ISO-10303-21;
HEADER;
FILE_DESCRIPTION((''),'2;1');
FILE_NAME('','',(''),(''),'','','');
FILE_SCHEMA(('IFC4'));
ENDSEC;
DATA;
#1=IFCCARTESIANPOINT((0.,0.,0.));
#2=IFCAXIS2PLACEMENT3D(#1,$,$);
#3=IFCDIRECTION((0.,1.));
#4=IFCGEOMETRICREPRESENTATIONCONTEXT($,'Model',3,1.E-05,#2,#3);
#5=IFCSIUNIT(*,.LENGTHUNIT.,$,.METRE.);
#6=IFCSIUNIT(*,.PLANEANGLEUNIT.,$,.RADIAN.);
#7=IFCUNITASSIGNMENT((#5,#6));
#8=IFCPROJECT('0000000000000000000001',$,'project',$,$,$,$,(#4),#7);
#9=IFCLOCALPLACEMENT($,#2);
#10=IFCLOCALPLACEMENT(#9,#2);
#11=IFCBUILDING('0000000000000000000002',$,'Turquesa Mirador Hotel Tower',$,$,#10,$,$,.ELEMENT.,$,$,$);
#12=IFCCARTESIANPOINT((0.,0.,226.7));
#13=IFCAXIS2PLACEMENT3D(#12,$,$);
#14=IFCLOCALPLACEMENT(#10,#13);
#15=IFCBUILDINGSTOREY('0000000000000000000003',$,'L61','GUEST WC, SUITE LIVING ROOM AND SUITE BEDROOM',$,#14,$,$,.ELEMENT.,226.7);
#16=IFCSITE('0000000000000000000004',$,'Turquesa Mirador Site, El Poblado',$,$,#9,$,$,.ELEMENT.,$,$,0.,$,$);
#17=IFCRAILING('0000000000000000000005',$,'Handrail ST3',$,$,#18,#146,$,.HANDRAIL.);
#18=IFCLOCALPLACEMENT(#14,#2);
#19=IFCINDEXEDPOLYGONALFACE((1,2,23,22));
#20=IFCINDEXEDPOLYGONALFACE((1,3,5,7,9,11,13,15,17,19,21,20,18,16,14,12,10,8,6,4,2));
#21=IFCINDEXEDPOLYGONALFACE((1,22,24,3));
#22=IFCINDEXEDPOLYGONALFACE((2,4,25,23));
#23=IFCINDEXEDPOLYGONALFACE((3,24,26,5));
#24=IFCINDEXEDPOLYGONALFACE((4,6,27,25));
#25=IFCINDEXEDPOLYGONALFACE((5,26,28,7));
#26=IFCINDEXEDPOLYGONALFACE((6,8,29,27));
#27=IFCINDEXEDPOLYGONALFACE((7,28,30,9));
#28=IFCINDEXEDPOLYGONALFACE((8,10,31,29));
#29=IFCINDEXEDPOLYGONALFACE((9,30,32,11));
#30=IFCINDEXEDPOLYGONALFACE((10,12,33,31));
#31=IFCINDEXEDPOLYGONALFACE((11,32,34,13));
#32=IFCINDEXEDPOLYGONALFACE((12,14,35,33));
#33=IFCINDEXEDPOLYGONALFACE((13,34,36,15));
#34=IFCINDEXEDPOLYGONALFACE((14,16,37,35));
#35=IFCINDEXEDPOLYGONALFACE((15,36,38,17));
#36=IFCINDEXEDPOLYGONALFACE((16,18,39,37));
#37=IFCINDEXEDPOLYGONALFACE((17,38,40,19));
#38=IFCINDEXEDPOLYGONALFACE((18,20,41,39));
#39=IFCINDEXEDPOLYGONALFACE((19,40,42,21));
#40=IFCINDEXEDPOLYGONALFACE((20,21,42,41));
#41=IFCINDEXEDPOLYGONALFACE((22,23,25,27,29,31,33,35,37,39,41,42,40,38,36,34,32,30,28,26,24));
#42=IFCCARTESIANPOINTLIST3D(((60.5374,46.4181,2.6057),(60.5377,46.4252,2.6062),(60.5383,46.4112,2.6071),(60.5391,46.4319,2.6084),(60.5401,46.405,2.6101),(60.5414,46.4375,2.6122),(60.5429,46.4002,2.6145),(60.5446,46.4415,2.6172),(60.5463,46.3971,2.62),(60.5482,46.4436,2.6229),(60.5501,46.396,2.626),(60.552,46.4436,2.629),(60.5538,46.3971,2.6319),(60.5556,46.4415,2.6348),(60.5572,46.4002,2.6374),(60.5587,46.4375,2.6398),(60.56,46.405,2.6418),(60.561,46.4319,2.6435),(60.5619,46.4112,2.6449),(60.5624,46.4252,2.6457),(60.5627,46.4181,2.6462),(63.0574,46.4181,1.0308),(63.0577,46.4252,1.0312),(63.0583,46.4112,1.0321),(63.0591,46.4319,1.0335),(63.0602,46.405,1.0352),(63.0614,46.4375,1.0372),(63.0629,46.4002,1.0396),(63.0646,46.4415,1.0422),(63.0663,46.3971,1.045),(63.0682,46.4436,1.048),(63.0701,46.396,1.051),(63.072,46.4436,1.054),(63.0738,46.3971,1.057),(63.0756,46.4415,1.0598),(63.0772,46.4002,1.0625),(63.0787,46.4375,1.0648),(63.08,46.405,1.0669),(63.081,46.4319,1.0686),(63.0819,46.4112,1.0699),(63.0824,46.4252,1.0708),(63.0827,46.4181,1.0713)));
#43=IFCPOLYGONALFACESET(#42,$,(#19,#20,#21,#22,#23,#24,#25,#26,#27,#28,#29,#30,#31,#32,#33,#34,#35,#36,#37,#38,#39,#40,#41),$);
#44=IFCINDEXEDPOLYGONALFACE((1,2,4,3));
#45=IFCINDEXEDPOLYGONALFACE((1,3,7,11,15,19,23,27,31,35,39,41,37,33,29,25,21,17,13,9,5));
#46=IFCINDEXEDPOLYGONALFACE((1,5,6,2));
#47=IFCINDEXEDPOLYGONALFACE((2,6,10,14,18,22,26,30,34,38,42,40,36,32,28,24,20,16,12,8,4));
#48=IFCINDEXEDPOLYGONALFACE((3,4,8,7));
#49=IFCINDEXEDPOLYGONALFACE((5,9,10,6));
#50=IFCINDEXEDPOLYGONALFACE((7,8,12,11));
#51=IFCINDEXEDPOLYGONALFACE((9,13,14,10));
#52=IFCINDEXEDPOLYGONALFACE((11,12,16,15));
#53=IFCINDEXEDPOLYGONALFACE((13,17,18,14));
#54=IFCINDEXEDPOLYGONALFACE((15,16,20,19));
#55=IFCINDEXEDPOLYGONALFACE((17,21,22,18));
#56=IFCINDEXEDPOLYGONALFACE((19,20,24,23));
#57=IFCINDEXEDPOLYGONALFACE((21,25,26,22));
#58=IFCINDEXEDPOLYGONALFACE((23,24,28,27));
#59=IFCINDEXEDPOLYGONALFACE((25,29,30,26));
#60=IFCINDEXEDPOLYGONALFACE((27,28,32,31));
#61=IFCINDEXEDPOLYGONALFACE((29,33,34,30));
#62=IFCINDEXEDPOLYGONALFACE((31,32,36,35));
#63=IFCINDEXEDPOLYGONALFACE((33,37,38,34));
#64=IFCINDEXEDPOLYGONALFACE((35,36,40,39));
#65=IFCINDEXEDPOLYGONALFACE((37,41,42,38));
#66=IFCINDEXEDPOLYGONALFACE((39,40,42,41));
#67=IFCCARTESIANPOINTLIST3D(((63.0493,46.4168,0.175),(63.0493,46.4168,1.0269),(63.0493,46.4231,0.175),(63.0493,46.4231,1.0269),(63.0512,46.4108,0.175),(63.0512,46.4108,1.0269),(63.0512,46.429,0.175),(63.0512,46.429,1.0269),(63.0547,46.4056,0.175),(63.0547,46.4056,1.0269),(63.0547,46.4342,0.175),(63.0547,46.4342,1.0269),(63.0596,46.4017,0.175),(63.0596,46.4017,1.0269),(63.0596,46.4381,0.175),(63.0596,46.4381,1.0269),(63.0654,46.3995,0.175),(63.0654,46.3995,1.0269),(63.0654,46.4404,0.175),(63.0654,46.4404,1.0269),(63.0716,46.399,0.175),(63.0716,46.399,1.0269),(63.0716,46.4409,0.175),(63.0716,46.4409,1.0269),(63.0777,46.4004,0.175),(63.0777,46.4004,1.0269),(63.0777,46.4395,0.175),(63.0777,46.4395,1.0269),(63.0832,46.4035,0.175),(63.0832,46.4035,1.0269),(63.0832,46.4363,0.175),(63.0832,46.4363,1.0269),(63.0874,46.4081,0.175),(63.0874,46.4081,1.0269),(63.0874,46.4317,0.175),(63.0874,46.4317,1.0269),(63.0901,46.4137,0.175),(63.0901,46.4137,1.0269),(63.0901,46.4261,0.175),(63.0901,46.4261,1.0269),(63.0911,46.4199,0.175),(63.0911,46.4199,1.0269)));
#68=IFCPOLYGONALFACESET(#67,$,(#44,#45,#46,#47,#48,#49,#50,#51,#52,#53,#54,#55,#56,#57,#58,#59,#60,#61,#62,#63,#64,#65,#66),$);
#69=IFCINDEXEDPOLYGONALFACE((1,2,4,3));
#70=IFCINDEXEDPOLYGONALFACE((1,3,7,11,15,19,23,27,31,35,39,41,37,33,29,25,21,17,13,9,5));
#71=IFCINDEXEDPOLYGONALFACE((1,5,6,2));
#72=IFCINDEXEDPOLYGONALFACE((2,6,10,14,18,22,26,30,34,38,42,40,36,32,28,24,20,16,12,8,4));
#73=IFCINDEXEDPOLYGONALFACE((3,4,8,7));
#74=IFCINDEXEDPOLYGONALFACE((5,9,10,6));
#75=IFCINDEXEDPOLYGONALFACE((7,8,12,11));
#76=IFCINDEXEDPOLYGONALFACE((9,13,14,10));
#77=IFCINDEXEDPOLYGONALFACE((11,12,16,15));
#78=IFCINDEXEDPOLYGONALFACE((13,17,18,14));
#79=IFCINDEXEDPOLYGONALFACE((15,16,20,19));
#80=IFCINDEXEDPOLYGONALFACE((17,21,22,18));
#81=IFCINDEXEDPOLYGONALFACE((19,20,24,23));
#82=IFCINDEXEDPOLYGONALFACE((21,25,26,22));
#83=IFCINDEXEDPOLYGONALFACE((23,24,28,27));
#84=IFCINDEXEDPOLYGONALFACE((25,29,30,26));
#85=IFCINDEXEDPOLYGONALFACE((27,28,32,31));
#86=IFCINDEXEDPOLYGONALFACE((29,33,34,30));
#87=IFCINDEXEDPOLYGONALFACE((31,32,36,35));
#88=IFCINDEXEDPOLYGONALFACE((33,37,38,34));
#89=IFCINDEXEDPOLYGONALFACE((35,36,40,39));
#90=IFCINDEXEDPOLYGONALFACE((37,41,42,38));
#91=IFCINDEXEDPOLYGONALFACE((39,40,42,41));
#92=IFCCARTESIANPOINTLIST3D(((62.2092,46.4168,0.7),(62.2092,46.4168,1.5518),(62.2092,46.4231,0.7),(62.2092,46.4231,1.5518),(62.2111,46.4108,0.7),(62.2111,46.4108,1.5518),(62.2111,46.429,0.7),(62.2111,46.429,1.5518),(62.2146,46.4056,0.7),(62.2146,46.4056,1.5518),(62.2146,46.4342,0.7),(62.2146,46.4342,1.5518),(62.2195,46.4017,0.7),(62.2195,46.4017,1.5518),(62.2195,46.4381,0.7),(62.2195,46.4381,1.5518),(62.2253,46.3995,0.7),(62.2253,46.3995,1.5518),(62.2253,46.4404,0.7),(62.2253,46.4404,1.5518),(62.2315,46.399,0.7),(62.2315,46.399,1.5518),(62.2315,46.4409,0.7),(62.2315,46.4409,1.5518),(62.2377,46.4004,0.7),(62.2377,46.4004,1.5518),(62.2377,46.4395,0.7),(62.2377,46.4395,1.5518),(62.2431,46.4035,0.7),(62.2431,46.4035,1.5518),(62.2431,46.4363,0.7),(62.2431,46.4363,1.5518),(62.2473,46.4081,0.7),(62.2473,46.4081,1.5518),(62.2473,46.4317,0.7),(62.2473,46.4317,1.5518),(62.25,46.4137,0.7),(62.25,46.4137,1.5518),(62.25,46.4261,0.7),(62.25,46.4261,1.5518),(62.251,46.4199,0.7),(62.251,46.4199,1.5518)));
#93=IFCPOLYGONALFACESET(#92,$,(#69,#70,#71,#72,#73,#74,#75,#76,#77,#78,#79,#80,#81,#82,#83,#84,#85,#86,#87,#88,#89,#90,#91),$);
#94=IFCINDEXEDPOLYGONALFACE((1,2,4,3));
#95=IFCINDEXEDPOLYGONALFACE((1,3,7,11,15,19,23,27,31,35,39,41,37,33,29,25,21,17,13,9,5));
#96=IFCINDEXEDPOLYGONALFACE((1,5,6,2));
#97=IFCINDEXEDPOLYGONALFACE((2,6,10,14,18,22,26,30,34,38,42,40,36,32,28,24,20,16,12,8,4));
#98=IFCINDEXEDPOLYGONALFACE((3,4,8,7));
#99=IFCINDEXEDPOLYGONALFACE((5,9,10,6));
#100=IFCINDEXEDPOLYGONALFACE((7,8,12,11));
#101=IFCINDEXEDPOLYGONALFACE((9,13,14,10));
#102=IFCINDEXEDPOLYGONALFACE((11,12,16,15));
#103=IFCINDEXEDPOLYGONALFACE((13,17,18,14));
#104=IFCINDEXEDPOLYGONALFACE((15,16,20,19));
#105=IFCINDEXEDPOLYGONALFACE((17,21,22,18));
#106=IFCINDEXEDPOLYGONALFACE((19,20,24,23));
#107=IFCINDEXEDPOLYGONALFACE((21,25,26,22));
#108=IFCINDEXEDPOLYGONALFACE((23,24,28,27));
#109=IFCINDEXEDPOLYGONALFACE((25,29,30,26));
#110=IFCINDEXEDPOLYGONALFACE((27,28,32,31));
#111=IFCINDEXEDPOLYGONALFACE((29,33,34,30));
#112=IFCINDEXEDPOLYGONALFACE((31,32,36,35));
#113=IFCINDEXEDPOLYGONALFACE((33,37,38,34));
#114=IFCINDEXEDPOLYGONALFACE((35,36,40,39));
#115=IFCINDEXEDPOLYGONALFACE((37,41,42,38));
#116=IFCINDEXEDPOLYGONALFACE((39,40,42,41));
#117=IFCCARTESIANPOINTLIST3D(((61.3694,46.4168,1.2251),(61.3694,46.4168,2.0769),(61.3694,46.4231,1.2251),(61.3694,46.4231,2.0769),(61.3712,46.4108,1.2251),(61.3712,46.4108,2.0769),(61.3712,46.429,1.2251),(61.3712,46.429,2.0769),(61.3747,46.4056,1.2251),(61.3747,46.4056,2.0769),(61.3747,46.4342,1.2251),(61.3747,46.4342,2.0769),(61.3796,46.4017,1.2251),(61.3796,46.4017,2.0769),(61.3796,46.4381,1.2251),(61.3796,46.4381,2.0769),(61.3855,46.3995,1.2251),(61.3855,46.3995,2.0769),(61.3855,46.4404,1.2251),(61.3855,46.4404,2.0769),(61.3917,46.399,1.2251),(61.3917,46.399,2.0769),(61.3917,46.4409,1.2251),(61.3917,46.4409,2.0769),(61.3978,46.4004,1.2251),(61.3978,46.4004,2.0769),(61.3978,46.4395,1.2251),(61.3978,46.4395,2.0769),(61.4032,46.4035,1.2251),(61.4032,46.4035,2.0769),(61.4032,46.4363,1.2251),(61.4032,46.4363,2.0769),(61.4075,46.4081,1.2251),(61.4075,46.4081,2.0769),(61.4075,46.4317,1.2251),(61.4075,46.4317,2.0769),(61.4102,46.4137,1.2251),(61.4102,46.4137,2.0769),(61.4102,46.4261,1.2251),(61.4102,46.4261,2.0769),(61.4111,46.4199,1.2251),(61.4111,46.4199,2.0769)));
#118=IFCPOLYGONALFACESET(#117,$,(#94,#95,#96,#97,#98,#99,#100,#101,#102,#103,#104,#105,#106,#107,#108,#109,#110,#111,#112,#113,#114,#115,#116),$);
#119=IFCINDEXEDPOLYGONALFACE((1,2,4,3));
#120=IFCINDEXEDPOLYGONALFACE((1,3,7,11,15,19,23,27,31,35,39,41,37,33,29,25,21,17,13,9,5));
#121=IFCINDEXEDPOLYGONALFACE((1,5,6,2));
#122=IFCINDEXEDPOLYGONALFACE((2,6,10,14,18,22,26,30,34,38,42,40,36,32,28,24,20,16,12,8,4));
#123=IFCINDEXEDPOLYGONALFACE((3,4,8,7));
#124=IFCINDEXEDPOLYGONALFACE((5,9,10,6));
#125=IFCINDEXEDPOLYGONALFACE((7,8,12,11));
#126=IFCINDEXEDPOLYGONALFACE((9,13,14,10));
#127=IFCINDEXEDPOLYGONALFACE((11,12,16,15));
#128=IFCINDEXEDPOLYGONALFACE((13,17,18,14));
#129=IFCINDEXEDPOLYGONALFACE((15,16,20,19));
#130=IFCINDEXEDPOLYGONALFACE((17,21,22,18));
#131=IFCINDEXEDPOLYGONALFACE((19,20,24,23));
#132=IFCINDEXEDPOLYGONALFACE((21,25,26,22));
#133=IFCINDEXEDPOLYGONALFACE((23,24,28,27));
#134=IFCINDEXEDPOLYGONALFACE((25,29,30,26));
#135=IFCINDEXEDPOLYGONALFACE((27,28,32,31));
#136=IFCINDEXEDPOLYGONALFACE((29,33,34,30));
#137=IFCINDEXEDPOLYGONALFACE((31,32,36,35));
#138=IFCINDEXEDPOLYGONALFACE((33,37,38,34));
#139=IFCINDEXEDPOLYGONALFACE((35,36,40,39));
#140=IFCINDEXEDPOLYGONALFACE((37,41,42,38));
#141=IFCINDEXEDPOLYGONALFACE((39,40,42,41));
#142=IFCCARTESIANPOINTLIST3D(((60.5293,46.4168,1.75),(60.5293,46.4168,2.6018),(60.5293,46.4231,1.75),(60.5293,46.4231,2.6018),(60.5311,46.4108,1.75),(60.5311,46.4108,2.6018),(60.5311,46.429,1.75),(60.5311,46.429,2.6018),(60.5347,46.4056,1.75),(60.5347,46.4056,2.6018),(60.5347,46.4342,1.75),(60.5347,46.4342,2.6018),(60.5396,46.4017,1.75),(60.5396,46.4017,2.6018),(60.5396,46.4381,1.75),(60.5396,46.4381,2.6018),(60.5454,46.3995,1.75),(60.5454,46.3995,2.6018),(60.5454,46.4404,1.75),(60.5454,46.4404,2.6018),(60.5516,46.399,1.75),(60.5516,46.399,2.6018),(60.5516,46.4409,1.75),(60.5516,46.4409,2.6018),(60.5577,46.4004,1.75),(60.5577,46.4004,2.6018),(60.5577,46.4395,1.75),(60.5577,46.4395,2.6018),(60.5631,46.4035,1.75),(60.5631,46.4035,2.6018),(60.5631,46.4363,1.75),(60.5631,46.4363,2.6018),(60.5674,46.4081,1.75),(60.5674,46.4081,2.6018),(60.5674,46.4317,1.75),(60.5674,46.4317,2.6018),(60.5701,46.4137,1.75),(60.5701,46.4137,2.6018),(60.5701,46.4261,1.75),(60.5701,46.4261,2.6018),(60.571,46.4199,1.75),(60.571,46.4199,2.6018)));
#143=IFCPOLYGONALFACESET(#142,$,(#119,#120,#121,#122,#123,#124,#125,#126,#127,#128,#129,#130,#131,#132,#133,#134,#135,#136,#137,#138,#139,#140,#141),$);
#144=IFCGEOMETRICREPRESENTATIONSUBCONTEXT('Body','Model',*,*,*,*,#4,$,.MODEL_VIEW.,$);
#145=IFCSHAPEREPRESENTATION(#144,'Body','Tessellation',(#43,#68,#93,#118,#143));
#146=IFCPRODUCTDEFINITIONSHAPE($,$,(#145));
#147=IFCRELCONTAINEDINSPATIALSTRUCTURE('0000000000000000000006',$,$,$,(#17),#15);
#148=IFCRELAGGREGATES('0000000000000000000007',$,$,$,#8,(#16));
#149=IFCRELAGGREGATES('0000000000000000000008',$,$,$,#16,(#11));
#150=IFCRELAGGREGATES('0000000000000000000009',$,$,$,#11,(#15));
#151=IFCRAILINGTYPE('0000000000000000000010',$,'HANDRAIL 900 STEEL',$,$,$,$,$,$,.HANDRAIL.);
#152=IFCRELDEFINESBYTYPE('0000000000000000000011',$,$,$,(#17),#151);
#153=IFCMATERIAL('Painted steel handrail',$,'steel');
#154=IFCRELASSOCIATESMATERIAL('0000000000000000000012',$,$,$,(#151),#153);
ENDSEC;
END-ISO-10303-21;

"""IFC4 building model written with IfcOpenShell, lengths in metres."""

from ifc_helpers import new_model, si_unit, direction, frame, origin, origin_2d, place, context, subcontext, project, spatial, circle, extrude, material, type_object, element, save


model = new_model("IFC4")

# Units and contexts
model_context = context("Model", 3, precision=1e-05, world=origin(), true_north=direction((0.0, 1.0)))
body_context = subcontext(model_context, "Body", "Model", "MODEL_VIEW")
ifc_project = project(units=[si_unit("LENGTHUNIT", "METRE"), si_unit("PLANEANGLEUNIT", "RADIAN")], contexts=[model_context])

# Site, building, storey
site_placement = place(None, origin())
site = spatial("IfcSite", under=ifc_project, at=site_placement, Name="Turquesa Mirador Site, El Poblado", CompositionType="ELEMENT", RefElevation=0.0)
building_placement = place(site_placement, origin())
building = spatial("IfcBuilding", under=site, at=building_placement, Name="Turquesa Mirador Hotel Tower", CompositionType="ELEMENT")
storey_placement = place(building_placement, frame((0.0, 0.0, 226.7)))
storey = spatial("IfcBuildingStorey", under=building, at=storey_placement, Name="L61", Description="GUEST WC, SUITE LIVING ROOM AND SUITE BEDROOM", CompositionType="ELEMENT", Elevation=226.7)

# Railing
ifc_material_1 = material(Name="Painted steel handrail", Category="steel")
railing_type = type_object("IfcRailingType", Name="HANDRAIL 900 STEEL", PredefinedType="HANDRAIL", material=ifc_material_1)
railing_1_placement = place(storey_placement, frame((63.0701, 46.4199, 0.175)))
element("IfcRailing", 1, at=railing_1_placement, inside=storey, type_object=railing_type, Name="Handrail ST3", PredefinedType="HANDRAIL", context=body_context, shape_type="SweptSolid", body=[
    extrude(circle(Radius=0.0239, at=origin_2d()), frame((0.0, 0.0, 0.876), z_axis=(-0.848008, 0.0, 0.529984), x_axis=(0.0, -1.0, 0.0)), (0.0, 0.0, 1.0), 2.9717),
    extrude(circle(Radius=0.021, at=origin_2d()), origin(), (0.0, 0.0, 1.0), 0.8518),
    extrude(circle(Radius=0.021, at=origin_2d()), frame((-0.8401, 0.0, 0.5249)), (0.0, 0.0, 1.0), 0.8518),
    extrude(circle(Radius=0.021, at=origin_2d()), frame((-1.6799, 0.0, 1.05)), (0.0, 0.0, 1.0), 0.8518),
    extrude(circle(Radius=0.021, at=origin_2d()), frame((-2.52, 0.0, 1.575)), (0.0, 0.0, 1.0), 0.8518),
])

save(model, "model.ifc")
